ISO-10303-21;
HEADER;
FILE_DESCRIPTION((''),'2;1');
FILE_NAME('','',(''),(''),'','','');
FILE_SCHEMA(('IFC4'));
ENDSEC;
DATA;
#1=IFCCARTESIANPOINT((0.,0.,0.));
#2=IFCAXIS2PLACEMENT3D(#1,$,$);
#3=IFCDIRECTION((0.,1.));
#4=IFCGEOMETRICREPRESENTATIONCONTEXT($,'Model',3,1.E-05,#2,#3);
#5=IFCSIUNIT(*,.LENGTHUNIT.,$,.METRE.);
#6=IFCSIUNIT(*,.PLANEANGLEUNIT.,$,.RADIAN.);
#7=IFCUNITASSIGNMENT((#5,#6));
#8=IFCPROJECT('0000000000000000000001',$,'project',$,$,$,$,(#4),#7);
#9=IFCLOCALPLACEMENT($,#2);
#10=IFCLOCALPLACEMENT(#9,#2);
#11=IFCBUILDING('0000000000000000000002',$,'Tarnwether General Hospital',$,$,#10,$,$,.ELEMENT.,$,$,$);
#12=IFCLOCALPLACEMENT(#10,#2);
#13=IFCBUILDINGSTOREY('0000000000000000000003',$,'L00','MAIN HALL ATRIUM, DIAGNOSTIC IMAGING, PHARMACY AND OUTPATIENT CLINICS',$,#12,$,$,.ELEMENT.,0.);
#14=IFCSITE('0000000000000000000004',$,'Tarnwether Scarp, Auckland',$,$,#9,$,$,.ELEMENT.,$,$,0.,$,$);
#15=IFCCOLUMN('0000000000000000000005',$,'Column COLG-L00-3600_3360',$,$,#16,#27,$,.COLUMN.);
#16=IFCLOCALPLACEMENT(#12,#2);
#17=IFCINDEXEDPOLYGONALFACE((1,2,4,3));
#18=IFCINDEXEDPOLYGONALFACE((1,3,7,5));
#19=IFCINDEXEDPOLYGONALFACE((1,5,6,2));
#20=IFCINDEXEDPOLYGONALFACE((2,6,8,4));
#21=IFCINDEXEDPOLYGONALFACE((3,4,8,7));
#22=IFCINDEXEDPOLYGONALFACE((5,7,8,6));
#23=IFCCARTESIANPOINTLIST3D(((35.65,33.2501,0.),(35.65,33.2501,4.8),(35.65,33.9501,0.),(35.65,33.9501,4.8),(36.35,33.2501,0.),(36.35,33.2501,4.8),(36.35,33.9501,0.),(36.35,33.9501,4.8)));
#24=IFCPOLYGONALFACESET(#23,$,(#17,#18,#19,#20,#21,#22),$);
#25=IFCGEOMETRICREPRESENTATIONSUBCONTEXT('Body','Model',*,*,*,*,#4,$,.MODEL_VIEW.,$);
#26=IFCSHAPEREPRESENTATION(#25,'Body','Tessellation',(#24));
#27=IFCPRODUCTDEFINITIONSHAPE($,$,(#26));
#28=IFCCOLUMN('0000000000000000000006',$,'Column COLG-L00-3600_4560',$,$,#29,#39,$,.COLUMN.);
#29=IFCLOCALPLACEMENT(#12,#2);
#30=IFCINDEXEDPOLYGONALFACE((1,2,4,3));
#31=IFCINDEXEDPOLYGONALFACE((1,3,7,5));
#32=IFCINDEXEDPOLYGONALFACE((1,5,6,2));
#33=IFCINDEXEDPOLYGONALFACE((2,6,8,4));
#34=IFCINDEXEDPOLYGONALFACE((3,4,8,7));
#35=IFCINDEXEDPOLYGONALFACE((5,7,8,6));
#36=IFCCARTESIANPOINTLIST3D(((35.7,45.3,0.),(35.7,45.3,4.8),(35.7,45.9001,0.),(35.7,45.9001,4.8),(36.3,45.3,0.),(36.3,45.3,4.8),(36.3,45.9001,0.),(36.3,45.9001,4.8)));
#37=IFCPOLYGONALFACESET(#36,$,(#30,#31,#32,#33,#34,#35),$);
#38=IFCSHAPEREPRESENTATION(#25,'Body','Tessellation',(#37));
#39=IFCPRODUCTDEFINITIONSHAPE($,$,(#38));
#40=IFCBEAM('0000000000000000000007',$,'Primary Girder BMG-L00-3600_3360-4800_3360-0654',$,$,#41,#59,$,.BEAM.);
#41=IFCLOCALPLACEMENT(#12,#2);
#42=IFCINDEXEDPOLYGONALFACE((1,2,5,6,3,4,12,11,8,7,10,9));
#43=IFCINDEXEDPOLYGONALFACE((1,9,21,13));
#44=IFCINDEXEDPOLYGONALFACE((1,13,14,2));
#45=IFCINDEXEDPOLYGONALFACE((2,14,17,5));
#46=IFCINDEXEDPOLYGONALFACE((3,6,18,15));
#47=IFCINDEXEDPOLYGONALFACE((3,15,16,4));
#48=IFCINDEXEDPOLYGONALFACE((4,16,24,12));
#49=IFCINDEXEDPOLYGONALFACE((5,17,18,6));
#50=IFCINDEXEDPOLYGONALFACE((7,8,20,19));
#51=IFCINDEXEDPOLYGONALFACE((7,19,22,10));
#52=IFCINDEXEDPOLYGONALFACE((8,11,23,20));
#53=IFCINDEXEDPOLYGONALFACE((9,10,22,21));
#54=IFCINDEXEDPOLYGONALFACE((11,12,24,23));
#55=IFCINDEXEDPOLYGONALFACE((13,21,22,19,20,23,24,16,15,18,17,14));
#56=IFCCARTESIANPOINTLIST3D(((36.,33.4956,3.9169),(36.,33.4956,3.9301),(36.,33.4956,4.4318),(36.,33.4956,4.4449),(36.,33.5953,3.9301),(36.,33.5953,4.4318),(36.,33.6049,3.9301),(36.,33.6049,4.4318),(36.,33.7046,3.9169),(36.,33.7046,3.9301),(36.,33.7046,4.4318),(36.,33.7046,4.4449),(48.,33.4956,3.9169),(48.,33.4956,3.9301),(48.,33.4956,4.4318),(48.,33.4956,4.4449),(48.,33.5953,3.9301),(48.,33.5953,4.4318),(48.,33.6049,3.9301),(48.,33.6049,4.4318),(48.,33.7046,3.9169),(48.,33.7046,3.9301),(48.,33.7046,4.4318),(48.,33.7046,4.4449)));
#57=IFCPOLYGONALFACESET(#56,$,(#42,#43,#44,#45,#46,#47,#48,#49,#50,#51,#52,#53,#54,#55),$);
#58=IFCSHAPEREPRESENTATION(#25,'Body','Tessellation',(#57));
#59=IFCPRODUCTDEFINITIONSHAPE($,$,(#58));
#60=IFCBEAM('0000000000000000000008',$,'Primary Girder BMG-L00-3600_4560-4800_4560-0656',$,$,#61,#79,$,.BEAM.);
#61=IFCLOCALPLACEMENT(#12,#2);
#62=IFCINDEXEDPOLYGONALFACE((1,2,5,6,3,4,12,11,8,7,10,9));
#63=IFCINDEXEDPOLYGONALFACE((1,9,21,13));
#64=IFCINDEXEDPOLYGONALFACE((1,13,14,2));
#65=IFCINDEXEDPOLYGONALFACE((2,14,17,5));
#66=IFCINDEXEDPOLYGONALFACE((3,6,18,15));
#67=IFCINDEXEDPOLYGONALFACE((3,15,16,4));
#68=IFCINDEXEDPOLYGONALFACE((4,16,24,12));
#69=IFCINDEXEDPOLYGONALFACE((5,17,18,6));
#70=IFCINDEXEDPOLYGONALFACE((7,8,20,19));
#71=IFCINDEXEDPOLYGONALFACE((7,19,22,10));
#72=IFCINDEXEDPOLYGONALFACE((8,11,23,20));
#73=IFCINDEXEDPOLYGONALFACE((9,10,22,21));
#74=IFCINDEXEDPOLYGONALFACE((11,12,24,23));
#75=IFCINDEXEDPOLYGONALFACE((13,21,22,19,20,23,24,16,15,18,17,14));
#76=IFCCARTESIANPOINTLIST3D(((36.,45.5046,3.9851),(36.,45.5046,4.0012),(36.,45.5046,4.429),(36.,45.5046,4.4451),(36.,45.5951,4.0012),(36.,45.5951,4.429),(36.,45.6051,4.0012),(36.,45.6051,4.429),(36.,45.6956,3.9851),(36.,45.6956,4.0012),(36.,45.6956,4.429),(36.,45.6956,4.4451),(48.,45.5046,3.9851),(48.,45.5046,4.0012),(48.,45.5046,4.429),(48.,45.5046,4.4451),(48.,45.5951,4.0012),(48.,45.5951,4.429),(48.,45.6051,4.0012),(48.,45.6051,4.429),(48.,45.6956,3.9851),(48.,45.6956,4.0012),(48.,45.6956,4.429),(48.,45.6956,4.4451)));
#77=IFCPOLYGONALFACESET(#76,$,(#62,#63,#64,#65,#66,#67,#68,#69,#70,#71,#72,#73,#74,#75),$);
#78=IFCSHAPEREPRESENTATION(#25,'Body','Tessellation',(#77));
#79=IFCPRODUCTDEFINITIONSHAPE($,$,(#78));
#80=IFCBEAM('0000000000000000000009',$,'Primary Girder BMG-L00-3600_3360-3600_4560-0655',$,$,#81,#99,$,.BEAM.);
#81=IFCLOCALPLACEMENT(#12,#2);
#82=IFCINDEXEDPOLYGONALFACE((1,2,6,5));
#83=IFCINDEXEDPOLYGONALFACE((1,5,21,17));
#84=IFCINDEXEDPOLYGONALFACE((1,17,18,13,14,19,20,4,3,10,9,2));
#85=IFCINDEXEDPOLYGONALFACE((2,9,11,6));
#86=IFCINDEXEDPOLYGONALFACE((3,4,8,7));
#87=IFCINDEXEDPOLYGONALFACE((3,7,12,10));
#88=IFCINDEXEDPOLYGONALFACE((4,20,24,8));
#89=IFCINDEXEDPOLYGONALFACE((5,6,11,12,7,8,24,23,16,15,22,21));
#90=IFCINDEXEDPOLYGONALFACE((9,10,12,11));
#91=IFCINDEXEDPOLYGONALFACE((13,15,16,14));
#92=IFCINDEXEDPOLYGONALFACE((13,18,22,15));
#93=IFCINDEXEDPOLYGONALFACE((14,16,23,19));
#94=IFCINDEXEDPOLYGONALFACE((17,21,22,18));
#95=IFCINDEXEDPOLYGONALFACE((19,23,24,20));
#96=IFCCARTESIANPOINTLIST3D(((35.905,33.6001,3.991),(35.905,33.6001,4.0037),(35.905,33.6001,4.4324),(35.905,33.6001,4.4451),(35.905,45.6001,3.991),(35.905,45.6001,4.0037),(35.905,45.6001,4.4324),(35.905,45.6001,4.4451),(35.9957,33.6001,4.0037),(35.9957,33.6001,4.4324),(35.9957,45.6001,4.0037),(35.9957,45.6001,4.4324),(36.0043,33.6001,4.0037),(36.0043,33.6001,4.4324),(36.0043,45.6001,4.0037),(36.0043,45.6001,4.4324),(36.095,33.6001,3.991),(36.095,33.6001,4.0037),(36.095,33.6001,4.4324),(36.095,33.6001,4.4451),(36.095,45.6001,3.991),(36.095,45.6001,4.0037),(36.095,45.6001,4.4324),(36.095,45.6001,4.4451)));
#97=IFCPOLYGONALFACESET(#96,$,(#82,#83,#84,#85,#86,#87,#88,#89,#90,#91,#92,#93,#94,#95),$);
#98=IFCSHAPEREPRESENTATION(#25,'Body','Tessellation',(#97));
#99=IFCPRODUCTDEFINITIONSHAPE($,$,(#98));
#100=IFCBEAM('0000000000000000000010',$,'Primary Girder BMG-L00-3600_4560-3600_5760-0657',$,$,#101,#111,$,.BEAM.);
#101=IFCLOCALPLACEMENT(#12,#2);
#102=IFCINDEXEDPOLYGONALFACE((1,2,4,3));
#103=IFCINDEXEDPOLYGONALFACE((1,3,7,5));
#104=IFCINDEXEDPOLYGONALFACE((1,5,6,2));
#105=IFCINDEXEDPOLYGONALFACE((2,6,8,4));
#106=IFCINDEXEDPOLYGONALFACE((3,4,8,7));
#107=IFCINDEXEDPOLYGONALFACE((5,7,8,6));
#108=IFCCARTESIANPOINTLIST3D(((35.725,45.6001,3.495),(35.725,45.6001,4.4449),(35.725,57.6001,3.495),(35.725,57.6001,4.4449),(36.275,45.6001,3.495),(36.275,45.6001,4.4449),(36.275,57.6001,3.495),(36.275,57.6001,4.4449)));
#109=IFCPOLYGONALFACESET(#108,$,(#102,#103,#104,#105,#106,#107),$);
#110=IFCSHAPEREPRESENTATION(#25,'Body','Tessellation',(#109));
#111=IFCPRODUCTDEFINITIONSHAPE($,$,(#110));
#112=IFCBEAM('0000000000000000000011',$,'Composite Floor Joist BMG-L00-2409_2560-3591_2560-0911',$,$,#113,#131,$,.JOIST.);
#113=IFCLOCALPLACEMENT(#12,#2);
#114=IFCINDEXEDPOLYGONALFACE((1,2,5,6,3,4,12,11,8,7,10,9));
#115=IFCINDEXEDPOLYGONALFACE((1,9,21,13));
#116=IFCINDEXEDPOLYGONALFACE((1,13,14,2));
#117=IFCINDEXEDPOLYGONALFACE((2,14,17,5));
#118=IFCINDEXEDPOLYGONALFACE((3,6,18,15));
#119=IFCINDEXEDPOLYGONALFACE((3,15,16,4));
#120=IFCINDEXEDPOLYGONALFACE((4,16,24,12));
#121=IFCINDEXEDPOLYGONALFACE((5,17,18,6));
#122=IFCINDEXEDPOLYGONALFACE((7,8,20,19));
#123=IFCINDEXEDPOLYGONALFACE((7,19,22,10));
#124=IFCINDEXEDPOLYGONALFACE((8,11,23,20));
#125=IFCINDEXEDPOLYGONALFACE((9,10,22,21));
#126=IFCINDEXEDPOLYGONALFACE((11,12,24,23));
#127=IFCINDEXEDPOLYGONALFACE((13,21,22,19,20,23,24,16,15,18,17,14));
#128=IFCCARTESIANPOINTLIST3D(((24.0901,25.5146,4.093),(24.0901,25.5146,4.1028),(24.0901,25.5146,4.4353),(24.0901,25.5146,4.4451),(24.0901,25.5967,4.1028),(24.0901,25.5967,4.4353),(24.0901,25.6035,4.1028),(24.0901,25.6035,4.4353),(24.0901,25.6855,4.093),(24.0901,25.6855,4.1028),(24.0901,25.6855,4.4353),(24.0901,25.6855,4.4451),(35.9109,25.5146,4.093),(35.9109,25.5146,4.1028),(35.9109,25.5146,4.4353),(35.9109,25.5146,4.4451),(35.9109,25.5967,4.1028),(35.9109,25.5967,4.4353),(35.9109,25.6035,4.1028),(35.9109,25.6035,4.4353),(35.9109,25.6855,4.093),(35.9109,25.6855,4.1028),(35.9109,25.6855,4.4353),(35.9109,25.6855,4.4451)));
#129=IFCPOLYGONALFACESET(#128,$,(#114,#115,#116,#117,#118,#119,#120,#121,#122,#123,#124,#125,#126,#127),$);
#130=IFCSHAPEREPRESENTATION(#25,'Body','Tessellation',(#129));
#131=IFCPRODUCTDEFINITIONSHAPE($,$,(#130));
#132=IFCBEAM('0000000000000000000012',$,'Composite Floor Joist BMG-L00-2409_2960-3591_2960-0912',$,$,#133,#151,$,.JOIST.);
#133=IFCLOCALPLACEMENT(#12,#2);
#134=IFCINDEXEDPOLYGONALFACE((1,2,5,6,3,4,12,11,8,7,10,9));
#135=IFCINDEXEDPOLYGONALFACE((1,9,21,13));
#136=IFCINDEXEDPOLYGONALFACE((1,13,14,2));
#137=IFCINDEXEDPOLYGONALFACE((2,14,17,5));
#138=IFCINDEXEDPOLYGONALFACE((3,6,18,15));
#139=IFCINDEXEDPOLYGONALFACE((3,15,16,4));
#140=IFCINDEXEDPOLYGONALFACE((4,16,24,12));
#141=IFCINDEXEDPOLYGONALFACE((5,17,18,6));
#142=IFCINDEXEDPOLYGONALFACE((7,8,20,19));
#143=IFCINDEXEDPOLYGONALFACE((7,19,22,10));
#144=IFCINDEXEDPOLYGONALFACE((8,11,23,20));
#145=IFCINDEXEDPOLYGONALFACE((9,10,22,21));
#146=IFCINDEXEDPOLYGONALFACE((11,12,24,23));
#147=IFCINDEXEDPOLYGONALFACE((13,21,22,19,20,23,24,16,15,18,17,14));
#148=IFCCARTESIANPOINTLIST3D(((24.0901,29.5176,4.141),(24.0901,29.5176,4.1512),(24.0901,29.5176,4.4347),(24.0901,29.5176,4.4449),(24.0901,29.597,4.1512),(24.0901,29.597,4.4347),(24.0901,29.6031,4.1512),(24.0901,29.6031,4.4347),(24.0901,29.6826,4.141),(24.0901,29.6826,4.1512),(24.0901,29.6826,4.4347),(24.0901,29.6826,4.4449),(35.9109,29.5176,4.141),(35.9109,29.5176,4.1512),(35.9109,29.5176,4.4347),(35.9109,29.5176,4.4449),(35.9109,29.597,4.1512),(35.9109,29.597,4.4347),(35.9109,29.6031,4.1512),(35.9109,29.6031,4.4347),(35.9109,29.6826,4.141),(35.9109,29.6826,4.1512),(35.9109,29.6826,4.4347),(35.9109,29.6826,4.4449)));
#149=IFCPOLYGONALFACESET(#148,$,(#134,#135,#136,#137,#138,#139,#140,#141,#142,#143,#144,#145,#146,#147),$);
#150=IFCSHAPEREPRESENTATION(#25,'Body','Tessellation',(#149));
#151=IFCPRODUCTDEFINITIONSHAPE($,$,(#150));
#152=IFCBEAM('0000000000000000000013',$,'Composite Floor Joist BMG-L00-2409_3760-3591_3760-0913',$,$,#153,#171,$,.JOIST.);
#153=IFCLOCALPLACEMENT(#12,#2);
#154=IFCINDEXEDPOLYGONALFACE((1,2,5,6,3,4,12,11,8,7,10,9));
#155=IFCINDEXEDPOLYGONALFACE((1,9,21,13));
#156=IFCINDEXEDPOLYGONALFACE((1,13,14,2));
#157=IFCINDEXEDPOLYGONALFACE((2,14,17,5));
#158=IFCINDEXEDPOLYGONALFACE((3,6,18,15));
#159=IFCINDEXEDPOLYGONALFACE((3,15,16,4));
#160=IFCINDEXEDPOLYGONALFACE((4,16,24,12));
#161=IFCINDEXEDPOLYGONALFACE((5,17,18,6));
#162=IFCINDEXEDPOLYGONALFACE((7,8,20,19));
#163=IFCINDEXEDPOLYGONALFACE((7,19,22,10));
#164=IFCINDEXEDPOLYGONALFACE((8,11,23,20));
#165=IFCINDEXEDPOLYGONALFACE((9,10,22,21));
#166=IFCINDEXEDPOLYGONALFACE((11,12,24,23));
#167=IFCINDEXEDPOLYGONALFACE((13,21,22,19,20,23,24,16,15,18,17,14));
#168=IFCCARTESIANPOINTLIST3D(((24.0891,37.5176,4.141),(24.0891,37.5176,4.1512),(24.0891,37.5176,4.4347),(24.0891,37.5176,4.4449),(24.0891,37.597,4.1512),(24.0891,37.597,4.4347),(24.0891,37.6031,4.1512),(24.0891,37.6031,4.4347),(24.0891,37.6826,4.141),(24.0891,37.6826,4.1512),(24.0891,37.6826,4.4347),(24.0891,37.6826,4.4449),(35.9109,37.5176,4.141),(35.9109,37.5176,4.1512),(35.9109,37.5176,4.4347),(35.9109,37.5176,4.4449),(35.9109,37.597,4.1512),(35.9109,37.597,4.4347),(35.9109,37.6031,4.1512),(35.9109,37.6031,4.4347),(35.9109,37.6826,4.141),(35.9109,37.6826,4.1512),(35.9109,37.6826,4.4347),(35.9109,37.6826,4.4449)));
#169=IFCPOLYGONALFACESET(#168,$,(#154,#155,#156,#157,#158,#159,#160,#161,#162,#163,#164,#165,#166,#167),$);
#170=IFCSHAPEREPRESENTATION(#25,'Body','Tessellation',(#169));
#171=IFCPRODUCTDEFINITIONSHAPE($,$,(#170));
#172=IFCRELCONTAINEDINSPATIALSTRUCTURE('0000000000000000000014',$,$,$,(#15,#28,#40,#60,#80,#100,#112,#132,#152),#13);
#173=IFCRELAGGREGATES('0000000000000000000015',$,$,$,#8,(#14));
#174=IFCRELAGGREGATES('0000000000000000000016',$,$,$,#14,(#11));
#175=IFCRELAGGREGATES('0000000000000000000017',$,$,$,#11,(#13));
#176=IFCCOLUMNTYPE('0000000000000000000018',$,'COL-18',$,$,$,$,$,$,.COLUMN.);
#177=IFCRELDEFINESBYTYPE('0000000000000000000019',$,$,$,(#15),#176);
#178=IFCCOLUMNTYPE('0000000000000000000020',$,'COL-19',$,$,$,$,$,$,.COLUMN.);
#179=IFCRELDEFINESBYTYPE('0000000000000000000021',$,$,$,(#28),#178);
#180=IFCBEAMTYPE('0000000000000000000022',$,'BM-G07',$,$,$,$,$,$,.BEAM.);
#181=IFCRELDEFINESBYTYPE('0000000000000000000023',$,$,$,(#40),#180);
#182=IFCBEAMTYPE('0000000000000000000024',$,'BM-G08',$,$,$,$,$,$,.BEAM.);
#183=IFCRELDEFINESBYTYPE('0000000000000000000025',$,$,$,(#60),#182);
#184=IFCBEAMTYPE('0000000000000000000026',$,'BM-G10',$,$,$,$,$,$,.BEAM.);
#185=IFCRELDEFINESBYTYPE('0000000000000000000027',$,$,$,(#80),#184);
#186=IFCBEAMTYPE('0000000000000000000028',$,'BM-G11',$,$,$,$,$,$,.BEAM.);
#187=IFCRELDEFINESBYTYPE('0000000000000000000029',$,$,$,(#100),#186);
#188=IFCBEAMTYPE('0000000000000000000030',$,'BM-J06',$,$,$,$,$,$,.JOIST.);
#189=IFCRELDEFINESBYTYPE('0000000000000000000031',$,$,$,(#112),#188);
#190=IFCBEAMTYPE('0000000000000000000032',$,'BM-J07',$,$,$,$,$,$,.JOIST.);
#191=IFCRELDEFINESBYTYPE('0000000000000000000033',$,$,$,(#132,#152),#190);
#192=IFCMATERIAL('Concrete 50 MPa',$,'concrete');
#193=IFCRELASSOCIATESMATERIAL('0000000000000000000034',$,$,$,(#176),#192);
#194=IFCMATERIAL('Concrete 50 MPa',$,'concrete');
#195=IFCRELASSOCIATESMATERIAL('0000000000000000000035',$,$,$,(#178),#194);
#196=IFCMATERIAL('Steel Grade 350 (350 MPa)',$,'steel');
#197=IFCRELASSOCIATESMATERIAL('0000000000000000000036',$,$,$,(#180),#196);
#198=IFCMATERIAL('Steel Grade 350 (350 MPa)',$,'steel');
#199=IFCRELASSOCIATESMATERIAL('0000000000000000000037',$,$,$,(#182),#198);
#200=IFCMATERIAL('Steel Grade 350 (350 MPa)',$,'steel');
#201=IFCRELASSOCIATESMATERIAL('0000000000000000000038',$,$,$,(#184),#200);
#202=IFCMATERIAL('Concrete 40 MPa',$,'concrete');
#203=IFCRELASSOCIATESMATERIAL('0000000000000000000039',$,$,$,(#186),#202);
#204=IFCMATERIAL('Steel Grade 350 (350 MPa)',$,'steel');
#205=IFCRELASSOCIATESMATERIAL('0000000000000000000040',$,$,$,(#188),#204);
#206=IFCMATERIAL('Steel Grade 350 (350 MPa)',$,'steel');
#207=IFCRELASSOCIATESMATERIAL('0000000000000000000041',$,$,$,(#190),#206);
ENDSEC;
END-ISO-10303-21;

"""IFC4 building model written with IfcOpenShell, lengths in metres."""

from ifc_helpers import new_model, si_unit, direction, frame, origin, origin_2d, place, context, subcontext, project, spatial, rectangle, i_section, extrude, material, material_profile, profile_set, type_object, element, save


model = new_model("IFC4")

# Units and contexts
model_context = context("Model", 3, precision=1e-05, world=origin(), true_north=direction((0.0, 1.0)))
body_context = subcontext(model_context, "Body", "Model", "MODEL_VIEW")
ifc_project = project(units=[si_unit("LENGTHUNIT", "METRE"), si_unit("PLANEANGLEUNIT", "RADIAN")], contexts=[model_context])

# Site, building, storey
site_placement = place(None, origin())
site = spatial("IfcSite", under=ifc_project, at=site_placement, Name="Tarnwether Scarp, Auckland", CompositionType="ELEMENT", RefElevation=0.0)
building_placement = place(site_placement, origin())
building = spatial("IfcBuilding", under=site, at=building_placement, Name="Tarnwether General Hospital", CompositionType="ELEMENT")
storey_placement = place(building_placement, origin())
storey = spatial("IfcBuildingStorey", under=building, at=storey_placement, Name="L00", Description="MAIN HALL ATRIUM, DIAGNOSTIC IMAGING, PHARMACY AND OUTPATIENT CLINICS", CompositionType="ELEMENT", Elevation=0.0)

# Columns
ifc_material_1 = material(Name="Concrete 50 MPa", Category="concrete")
ifc_material_profile_1 = material_profile(ifc_material_1, rectangle(XDim=0.7, YDim=0.7, at=origin_2d()), Name="RC-COL-700x700")
ifc_profile_set_1 = profile_set([ifc_material_profile_1], Name="Concrete 50 MPa")
column_type_1 = type_object("IfcColumnType", Name="COL-18", PredefinedType="COLUMN", material=ifc_profile_set_1)
column_1_placement = place(storey_placement, frame((36.0, 33.6001, 0.0), z_axis=(0.0, 0.0, 1.0), x_axis=(0.0, 1.0, 0.0)))
element("IfcColumn", 1, at=column_1_placement, inside=storey, type_object=column_type_1, Name="Column COLG-L00-3600_3360", PredefinedType="COLUMN", context=body_context, shape_type="SweptSolid", body=[
    extrude(rectangle(XDim=0.7, YDim=0.7, at=origin_2d()), origin(), (0.0, 0.0, 1.0), 4.8),
])
ifc_material_2 = material(Name="Concrete 50 MPa", Category="concrete")
ifc_material_profile_2 = material_profile(ifc_material_2, rectangle(XDim=0.6001, YDim=0.6001, at=origin_2d()), Name="RC-COL-600x600")
ifc_profile_set_2 = profile_set([ifc_material_profile_2], Name="Concrete 50 MPa")
column_type_2 = type_object("IfcColumnType", Name="COL-19", PredefinedType="COLUMN", material=ifc_profile_set_2)
column_2_placement = place(storey_placement, frame((36.0, 45.6001, 0.0), z_axis=(0.0, 0.0, 1.0), x_axis=(0.0, 1.0, 0.0)))
element("IfcColumn", 2, at=column_2_placement, inside=storey, type_object=column_type_2, Name="Column COLG-L00-3600_4560", PredefinedType="COLUMN", context=body_context, shape_type="SweptSolid", body=[
    extrude(rectangle(XDim=0.6001, YDim=0.6001, at=origin_2d()), origin(), (0.0, 0.0, 1.0), 4.8),
])

# Beams
ifc_material_3 = material(Name="Steel Grade 350 (350 MPa)", Category="steel")
ifc_material_profile_3 = material_profile(ifc_material_3, i_section(OverallWidth=0.209, OverallDepth=0.5281, WebThickness=0.0095, FlangeThickness=0.0132, at=origin_2d()), Name="530UB82.0")
ifc_profile_set_3 = profile_set([ifc_material_profile_3], Name="Steel Grade 350 (350 MPa)")
beam_type_1 = type_object("IfcBeamType", Name="BM-G07", PredefinedType="BEAM", material=ifc_profile_set_3)
beam_1_placement = place(storey_placement, frame((36.0, 33.6001, 4.1809), z_axis=(1.0, 0.0, 0.0), x_axis=(0.0, 1.0, 0.0)))
element("IfcBeam", 3, at=beam_1_placement, inside=storey, type_object=beam_type_1, Name="Primary Girder BMG-L00-3600_3360-4800_3360-0654", PredefinedType="BEAM", context=body_context, shape_type="SweptSolid", body=[
    extrude(i_section(OverallWidth=0.209, OverallDepth=0.5281, WebThickness=0.0095, FlangeThickness=0.0132, at=origin_2d()), origin(), (0.0, 0.0, 1.0), 12.0),
])
ifc_material_4 = material(Name="Steel Grade 350 (350 MPa)", Category="steel")
ifc_material_profile_4 = material_profile(ifc_material_4, i_section(OverallWidth=0.1909, OverallDepth=0.46, WebThickness=0.01, FlangeThickness=0.0161, at=origin_2d()), Name="460UB82.1")
ifc_profile_set_4 = profile_set([ifc_material_profile_4], Name="Steel Grade 350 (350 MPa)")
beam_type_2 = type_object("IfcBeamType", Name="BM-G08", PredefinedType="BEAM", material=ifc_profile_set_4)
beam_2_placement = place(storey_placement, frame((36.0, 45.6001, 4.2151), z_axis=(1.0, 0.0, 0.0), x_axis=(0.0, 1.0, 0.0)))
element("IfcBeam", 4, at=beam_2_placement, inside=storey, type_object=beam_type_2, Name="Primary Girder BMG-L00-3600_4560-4800_4560-0656", PredefinedType="BEAM", context=body_context, shape_type="SweptSolid", body=[
    extrude(i_section(OverallWidth=0.1909, OverallDepth=0.46, WebThickness=0.01, FlangeThickness=0.0161, at=origin_2d()), origin(), (0.0, 0.0, 1.0), 12.0),
])
ifc_material_5 = material(Name="Steel Grade 350 (350 MPa)", Category="steel")
ifc_material_profile_5 = material_profile(ifc_material_5, i_section(OverallWidth=0.1899, OverallDepth=0.4541, WebThickness=0.0085, FlangeThickness=0.0127, at=origin_2d()), Name="460UB67.1")
ifc_profile_set_5 = profile_set([ifc_material_profile_5], Name="Steel Grade 350 (350 MPa)")
beam_type_3 = type_object("IfcBeamType", Name="BM-G10", PredefinedType="BEAM", material=ifc_profile_set_5)
beam_3_placement = place(storey_placement, frame((36.0, 33.6001, 4.218), z_axis=(0.0, 1.0, 0.0), x_axis=(-1.0, 0.0, 0.0)))
element("IfcBeam", 5, at=beam_3_placement, inside=storey, type_object=beam_type_3, Name="Primary Girder BMG-L00-3600_3360-3600_4560-0655", PredefinedType="BEAM", context=body_context, shape_type="SweptSolid", body=[
    extrude(i_section(OverallWidth=0.1899, OverallDepth=0.4541, WebThickness=0.0085, FlangeThickness=0.0127, at=origin_2d()), origin(), (0.0, 0.0, 1.0), 12.0),
])
ifc_material_6 = material(Name="Concrete 40 MPa", Category="concrete")
ifc_material_profile_6 = material_profile(ifc_material_6, rectangle(XDim=0.55, YDim=0.95, at=origin_2d()), Name="RC-BM-550x950")
ifc_profile_set_6 = profile_set([ifc_material_profile_6], Name="Concrete 40 MPa")
beam_type_4 = type_object("IfcBeamType", Name="BM-G11", PredefinedType="BEAM", material=ifc_profile_set_6)
beam_4_placement = place(storey_placement, frame((36.0, 45.6001, 3.97), z_axis=(0.0, 1.0, 0.0), x_axis=(-1.0, 0.0, 0.0)))
element("IfcBeam", 6, at=beam_4_placement, inside=storey, type_object=beam_type_4, Name="Primary Girder BMG-L00-3600_4560-3600_5760-0657", PredefinedType="BEAM", context=body_context, shape_type="SweptSolid", body=[
    extrude(rectangle(XDim=0.55, YDim=0.95, at=origin_2d()), origin(), (0.0, 0.0, 1.0), 12.0),
])
ifc_material_7 = material(Name="Steel Grade 350 (350 MPa)", Category="steel")
ifc_material_profile_7 = material_profile(ifc_material_7, i_section(OverallWidth=0.1709, OverallDepth=0.3521, WebThickness=0.0068, FlangeThickness=0.0098, at=origin_2d()), Name="360UB44.7")
ifc_profile_set_7 = profile_set([ifc_material_profile_7], Name="Steel Grade 350 (350 MPa)")
beam_type_5 = type_object("IfcBeamType", Name="BM-J06", PredefinedType="JOIST", material=ifc_profile_set_7)
beam_5_placement = place(storey_placement, frame((24.0901, 25.6001, 4.269), z_axis=(1.0, 0.0, 0.0), x_axis=(0.0, 1.0, 0.0)))
element("IfcBeam", 7, at=beam_5_placement, inside=storey, type_object=beam_type_5, Name="Composite Floor Joist BMG-L00-2409_2560-3591_2560-0911", PredefinedType="JOIST", context=body_context, shape_type="SweptSolid", body=[
    extrude(i_section(OverallWidth=0.1709, OverallDepth=0.3521, WebThickness=0.0068, FlangeThickness=0.0098, at=origin_2d()), origin(), (0.0, 0.0, 1.0), 11.8208),
])
ifc_material_8 = material(Name="Steel Grade 350 (350 MPa)", Category="steel")
ifc_material_profile_8 = material_profile(ifc_material_8, i_section(OverallWidth=0.165, OverallDepth=0.304, WebThickness=0.0061, FlangeThickness=0.0103, at=origin_2d()), Name="310UB40.4")
ifc_profile_set_8 = profile_set([ifc_material_profile_8], Name="Steel Grade 350 (350 MPa)")
beam_type_6 = type_object("IfcBeamType", Name="BM-J07", PredefinedType="JOIST", material=ifc_profile_set_8)
beam_6_placement = place(storey_placement, frame((24.0901, 29.6001, 4.293), z_axis=(1.0, 0.0, 0.0), x_axis=(0.0, 1.0, 0.0)))
element("IfcBeam", 8, at=beam_6_placement, inside=storey, type_object=beam_type_6, Name="Composite Floor Joist BMG-L00-2409_2960-3591_2960-0912", PredefinedType="JOIST", context=body_context, shape_type="SweptSolid", body=[
    extrude(i_section(OverallWidth=0.165, OverallDepth=0.304, WebThickness=0.0061, FlangeThickness=0.0103, at=origin_2d()), origin(), (0.0, 0.0, 1.0), 11.8208),
])
for number, where, z_axis, x_axis, name in (
    (9, (24.0891, 37.6001, 4.293), (1.0, 0.0, 0.0), (0.0, 1.0, 0.0), "Composite Floor Joist BMG-L00-2409_3760-3591_3760-0913"),
):
    element("IfcBeam", number, at=place(storey_placement, frame(where, z_axis=z_axis, x_axis=x_axis)), inside=storey, type_object=beam_type_6, Name=name, PredefinedType="JOIST", context=body_context, shape_type="SweptSolid", body=[
        extrude(i_section(OverallWidth=0.165, OverallDepth=0.304, WebThickness=0.0061, FlangeThickness=0.0103, at=origin_2d()), origin(), (0.0, 0.0, 1.0), 11.8218),
    ])

save(model, "model.ifc")
